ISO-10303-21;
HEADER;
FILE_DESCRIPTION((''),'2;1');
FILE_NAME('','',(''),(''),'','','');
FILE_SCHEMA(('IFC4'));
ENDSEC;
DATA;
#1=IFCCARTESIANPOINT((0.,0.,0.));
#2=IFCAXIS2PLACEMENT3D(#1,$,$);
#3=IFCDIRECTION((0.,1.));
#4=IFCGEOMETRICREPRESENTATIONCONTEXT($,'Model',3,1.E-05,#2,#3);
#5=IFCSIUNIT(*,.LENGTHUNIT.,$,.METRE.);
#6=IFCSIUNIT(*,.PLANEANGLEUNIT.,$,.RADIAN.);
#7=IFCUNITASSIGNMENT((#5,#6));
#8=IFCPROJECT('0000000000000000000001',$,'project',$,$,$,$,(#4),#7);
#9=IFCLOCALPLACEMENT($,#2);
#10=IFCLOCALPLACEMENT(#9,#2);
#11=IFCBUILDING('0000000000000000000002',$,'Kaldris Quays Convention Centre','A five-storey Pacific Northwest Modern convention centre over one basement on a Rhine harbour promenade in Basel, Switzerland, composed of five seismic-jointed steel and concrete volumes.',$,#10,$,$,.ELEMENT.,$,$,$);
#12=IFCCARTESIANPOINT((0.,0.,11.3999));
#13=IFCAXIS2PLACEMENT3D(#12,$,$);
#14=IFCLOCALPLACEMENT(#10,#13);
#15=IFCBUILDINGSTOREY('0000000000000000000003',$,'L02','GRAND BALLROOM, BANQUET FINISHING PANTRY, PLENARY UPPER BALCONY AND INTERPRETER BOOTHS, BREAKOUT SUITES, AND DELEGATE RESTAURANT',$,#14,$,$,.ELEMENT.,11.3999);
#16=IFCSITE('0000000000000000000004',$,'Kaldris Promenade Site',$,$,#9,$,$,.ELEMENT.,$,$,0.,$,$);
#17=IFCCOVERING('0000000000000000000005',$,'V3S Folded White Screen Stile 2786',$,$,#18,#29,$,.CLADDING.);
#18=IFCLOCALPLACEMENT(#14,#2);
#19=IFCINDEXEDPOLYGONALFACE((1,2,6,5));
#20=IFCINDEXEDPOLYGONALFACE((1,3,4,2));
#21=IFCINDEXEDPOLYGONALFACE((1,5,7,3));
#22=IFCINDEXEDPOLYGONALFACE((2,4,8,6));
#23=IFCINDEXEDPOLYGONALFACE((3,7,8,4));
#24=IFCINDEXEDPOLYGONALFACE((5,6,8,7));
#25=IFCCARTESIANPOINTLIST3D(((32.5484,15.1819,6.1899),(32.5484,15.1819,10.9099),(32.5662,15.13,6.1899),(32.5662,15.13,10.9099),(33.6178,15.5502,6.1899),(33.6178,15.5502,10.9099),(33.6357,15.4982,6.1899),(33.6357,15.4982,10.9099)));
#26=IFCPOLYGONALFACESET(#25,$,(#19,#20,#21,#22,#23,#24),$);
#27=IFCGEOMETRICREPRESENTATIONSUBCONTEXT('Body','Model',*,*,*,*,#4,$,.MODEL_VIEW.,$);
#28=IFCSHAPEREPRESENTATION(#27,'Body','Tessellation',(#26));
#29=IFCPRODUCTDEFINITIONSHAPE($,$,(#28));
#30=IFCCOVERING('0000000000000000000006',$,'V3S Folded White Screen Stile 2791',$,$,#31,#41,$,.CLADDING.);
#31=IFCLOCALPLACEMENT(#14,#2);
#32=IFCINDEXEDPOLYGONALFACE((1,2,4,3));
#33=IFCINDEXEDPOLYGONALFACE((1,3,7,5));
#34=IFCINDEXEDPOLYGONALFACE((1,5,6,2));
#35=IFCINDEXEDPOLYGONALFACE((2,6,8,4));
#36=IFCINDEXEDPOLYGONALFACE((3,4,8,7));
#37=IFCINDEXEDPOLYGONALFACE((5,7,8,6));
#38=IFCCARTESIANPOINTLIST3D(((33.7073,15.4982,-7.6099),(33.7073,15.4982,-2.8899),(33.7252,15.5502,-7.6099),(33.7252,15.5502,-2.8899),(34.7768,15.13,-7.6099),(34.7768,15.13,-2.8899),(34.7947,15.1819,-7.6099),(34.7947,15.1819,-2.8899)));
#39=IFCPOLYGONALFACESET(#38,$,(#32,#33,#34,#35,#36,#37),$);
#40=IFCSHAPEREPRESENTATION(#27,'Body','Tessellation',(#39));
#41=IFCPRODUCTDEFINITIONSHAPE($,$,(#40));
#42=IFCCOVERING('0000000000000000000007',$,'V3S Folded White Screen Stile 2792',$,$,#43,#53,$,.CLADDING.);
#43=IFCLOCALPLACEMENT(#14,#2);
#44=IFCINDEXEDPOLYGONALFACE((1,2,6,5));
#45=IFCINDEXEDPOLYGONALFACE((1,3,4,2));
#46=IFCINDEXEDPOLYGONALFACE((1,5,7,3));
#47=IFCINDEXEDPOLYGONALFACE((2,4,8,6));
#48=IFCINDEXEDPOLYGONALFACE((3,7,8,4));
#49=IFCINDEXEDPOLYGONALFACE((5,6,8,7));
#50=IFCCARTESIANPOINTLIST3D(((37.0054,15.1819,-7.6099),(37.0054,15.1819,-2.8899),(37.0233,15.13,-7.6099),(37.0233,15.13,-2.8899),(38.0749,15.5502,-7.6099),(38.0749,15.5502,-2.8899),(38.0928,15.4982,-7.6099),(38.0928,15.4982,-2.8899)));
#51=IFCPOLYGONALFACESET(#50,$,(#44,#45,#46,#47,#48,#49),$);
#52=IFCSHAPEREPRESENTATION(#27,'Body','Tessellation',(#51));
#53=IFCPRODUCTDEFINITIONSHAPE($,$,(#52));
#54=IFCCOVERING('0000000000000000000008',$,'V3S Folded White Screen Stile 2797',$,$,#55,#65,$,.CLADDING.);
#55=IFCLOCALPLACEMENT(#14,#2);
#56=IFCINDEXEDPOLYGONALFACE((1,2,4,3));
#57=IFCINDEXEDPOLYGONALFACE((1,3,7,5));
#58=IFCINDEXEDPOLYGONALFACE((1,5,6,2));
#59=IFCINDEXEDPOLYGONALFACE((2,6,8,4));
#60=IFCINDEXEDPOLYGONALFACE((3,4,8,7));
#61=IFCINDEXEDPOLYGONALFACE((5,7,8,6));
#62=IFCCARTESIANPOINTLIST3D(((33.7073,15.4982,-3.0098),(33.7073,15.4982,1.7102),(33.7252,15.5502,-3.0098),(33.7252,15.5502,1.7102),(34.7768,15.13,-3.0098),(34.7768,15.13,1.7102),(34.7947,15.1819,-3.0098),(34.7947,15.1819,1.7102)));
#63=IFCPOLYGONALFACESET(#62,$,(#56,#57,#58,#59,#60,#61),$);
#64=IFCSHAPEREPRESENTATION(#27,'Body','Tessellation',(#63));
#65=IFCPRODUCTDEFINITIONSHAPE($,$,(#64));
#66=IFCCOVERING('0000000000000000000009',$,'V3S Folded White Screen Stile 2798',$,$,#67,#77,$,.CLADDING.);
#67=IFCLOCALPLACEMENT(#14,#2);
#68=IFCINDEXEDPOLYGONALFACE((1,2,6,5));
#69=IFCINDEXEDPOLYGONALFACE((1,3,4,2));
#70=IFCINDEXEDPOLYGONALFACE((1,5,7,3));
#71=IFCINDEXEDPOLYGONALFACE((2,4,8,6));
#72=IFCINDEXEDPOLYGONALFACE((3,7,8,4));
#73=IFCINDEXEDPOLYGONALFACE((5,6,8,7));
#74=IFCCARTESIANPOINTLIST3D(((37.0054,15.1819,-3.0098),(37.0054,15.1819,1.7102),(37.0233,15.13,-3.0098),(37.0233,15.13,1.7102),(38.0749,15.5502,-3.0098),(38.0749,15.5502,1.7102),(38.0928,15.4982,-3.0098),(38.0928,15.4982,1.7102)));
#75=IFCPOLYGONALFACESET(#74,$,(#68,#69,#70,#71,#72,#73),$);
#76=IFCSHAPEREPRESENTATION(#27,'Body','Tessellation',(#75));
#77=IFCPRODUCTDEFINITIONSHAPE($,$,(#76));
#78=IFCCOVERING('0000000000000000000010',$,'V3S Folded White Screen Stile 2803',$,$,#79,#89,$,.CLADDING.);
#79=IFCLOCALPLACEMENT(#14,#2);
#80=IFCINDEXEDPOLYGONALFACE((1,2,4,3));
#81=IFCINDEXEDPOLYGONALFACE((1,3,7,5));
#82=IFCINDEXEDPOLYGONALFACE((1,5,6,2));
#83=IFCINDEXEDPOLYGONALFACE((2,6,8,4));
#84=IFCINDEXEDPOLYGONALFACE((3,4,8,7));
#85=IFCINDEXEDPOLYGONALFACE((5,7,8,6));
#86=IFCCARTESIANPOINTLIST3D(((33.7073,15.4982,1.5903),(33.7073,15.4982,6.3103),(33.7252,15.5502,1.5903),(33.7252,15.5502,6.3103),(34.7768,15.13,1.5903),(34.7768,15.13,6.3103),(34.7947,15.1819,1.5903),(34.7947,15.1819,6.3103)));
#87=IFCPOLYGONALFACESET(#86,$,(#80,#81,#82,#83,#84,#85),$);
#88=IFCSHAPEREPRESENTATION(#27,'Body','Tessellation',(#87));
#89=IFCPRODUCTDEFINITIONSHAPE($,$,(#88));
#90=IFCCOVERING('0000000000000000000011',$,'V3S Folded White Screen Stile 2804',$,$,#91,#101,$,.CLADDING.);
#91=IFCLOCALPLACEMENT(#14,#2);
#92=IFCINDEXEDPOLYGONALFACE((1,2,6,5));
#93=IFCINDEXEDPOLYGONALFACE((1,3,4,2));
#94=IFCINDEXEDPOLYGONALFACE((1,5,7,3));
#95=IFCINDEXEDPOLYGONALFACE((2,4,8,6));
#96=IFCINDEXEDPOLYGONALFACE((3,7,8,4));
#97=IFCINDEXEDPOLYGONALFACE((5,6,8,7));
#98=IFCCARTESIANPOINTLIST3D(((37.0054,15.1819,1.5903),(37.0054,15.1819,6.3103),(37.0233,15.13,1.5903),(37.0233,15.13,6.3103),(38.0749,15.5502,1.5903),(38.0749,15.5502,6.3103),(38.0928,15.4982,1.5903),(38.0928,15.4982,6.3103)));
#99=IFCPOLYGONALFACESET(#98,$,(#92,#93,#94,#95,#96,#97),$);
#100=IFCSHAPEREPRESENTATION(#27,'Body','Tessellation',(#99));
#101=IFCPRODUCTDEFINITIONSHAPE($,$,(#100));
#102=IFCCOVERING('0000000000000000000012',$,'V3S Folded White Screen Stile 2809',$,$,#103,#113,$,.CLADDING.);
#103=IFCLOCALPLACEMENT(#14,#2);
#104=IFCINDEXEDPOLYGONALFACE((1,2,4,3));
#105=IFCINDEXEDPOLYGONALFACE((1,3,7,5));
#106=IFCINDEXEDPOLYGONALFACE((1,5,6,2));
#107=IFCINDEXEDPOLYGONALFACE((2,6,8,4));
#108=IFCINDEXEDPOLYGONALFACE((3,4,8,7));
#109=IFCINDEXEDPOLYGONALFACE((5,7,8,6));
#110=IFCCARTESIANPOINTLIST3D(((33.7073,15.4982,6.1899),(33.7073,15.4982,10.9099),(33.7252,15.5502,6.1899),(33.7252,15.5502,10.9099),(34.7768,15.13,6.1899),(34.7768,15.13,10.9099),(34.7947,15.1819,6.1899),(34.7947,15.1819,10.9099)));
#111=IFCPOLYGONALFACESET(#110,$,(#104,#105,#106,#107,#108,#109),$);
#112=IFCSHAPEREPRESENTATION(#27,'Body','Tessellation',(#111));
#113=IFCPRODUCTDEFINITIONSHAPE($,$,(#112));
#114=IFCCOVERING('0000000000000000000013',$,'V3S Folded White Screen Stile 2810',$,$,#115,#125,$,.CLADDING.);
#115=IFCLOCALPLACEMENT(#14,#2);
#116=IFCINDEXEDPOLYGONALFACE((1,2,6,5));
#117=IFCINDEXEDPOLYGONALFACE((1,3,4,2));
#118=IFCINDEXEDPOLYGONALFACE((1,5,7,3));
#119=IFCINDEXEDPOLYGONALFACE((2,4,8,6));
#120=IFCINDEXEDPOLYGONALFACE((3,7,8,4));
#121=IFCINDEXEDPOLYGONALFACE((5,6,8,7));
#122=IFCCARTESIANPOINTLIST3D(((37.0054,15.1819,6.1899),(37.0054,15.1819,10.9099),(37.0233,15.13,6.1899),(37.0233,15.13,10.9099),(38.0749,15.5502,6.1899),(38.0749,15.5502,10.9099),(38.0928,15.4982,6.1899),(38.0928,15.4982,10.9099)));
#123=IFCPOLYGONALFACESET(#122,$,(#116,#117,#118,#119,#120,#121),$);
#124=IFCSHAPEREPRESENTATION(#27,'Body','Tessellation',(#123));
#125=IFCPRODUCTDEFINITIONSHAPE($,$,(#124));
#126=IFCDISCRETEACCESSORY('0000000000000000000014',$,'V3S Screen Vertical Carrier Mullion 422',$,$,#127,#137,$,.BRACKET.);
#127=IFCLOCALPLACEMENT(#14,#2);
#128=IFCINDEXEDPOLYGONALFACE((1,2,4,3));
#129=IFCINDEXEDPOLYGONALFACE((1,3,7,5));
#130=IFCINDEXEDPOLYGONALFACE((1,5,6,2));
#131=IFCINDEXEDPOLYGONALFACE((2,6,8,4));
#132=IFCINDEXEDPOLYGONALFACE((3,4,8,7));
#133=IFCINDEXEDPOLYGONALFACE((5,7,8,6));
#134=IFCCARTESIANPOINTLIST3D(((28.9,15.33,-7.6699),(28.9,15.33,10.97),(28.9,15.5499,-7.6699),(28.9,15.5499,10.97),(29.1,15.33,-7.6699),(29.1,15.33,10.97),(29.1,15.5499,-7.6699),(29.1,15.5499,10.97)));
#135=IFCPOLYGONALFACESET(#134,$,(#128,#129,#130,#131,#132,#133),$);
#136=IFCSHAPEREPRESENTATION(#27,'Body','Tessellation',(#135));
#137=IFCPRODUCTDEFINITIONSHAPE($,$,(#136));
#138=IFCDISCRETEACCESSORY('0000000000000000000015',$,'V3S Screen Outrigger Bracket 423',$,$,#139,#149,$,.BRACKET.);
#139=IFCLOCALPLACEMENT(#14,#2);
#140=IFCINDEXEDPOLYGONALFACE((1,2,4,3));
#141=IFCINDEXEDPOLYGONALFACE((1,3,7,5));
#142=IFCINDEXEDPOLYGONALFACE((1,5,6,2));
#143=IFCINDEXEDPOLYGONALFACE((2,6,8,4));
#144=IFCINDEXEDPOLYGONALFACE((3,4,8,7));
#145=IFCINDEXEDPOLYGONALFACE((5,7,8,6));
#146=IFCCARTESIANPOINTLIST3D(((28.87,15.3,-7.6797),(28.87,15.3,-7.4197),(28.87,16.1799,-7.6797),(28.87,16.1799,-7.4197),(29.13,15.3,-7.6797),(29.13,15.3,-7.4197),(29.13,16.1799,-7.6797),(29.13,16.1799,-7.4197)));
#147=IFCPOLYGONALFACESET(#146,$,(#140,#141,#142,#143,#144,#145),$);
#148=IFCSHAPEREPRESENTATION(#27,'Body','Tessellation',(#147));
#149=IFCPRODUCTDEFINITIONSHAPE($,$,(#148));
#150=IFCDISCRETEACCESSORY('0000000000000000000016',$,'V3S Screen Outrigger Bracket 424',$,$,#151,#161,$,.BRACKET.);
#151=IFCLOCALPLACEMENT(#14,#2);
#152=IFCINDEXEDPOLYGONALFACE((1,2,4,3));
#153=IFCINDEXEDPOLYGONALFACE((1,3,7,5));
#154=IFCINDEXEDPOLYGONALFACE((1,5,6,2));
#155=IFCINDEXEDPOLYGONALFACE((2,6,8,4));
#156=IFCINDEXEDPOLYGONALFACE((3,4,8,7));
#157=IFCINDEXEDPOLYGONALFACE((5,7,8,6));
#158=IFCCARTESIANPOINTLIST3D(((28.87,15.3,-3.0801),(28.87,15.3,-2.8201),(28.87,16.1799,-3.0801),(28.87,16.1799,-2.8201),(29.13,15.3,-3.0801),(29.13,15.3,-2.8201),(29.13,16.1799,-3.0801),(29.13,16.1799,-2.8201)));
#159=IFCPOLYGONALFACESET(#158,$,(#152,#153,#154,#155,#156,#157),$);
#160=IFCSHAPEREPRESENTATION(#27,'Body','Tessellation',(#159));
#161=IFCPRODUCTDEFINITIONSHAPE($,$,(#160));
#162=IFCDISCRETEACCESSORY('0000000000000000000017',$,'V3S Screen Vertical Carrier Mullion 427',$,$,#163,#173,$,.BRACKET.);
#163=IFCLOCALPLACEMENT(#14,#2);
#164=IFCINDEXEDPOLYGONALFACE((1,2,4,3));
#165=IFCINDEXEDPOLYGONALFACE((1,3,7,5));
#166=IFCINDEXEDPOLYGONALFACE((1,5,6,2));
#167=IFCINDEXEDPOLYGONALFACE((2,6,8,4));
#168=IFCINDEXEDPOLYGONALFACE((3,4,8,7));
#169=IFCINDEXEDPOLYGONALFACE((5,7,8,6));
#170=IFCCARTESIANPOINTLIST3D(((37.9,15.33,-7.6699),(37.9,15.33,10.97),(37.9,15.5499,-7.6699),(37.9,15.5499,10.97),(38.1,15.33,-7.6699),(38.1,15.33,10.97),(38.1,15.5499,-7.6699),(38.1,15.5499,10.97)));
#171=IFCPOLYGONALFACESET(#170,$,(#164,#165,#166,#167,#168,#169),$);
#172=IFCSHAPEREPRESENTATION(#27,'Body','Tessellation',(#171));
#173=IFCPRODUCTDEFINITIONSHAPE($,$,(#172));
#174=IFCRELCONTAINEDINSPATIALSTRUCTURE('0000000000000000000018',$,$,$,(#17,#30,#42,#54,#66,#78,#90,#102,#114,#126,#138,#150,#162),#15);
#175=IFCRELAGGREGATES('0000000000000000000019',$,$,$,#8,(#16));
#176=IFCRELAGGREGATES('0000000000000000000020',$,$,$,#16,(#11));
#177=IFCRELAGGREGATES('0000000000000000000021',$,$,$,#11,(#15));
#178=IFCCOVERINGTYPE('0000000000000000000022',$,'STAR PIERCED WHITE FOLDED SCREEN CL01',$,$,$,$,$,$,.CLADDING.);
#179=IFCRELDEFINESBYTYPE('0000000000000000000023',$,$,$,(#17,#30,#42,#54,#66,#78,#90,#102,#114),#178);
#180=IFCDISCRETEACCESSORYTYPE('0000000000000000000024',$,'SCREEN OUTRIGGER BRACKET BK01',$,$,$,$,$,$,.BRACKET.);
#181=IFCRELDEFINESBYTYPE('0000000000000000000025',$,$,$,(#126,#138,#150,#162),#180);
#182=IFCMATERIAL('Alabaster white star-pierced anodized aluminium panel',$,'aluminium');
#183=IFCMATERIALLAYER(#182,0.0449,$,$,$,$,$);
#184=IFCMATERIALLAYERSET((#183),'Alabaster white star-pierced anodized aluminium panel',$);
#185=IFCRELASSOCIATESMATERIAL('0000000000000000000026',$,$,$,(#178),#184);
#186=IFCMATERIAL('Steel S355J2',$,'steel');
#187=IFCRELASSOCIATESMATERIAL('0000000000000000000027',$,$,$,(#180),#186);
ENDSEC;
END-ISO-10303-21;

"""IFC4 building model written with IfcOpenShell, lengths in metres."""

from ifc_helpers import new_model, si_unit, direction, frame, origin, origin_2d, place, context, subcontext, project, spatial, rectangle, extrude, material, layer, layer_set, type_object, element, save


model = new_model("IFC4")

# Units and contexts
model_context = context("Model", 3, precision=1e-05, world=origin(), true_north=direction((0.0, 1.0)))
body_context = subcontext(model_context, "Body", "Model", "MODEL_VIEW")
ifc_project = project(units=[si_unit("LENGTHUNIT", "METRE"), si_unit("PLANEANGLEUNIT", "RADIAN")], contexts=[model_context])

# Site, building, storey
site_placement = place(None, origin())
site = spatial("IfcSite", under=ifc_project, at=site_placement, Name="Kaldris Promenade Site", CompositionType="ELEMENT", RefElevation=0.0)
building_placement = place(site_placement, origin())
building = spatial("IfcBuilding", under=site, at=building_placement, Name="Kaldris Quays Convention Centre", Description="A five-storey Pacific Northwest Modern convention centre over one basement on a Rhine harbour promenade in Basel, Switzerland, composed of five seismic-jointed steel and concrete volumes.", CompositionType="ELEMENT")
storey_placement = place(building_placement, frame((0.0, 0.0, 11.3999)))
storey = spatial("IfcBuildingStorey", under=building, at=storey_placement, Name="L02", Description="GRAND BALLROOM, BANQUET FINISHING PANTRY, PLENARY UPPER BALCONY AND INTERPRETER BOOTHS, BREAKOUT SUITES, AND DELEGATE RESTAURANT", CompositionType="ELEMENT", Elevation=11.3999)

# Coverings
ifc_material_1 = material(Name="Alabaster white star-pierced anodized aluminium panel", Category="aluminium")
ifc_layer = layer(ifc_material_1, 0.0449)
ifc_layer_set = layer_set([ifc_layer], Name="Alabaster white star-pierced anodized aluminium panel")
covering_type = type_object("IfcCoveringType", Name="STAR PIERCED WHITE FOLDED SCREEN CL01", PredefinedType="CLADDING", material=ifc_layer_set)
for number, where, z_axis, x_axis, name in (
    (1, (33.092, 15.3401, 6.1899), (0.0, 0.0, 1.0), (0.945519, 0.325568, 0.0), "V3S Folded White Screen Stile 2786"),
    (2, (34.251, 15.3401, -7.6099), (0.0, 0.0, 1.0), (0.945519, -0.325568, 0.0), "V3S Folded White Screen Stile 2791"),
    (3, (37.5491, 15.3401, -7.6099), (0.0, 0.0, 1.0), (0.945519, 0.325568, 0.0), "V3S Folded White Screen Stile 2792"),
    (4, (34.251, 15.3401, -3.0098), (0.0, 0.0, 1.0), (0.945519, -0.325568, 0.0), "V3S Folded White Screen Stile 2797"),
    (5, (37.5491, 15.3401, -3.0098), (0.0, 0.0, 1.0), (0.945519, 0.325568, 0.0), "V3S Folded White Screen Stile 2798"),
    (6, (34.251, 15.3401, 1.5903), (0.0, 0.0, 1.0), (0.945519, -0.325568, 0.0), "V3S Folded White Screen Stile 2803"),
    (7, (37.5491, 15.3401, 1.5903), (0.0, 0.0, 1.0), (0.945519, 0.325568, 0.0), "V3S Folded White Screen Stile 2804"),
    (8, (34.251, 15.3401, 6.1899), (0.0, 0.0, 1.0), (0.945519, -0.325568, 0.0), "V3S Folded White Screen Stile 2809"),
    (9, (37.5491, 15.3401, 6.1899), (0.0, 0.0, 1.0), (0.945519, 0.325568, 0.0), "V3S Folded White Screen Stile 2810"),
):
    element("IfcCovering", number, at=place(storey_placement, frame(where, z_axis=z_axis, x_axis=x_axis)), inside=storey, type_object=covering_type, Name=name, PredefinedType="CLADDING", context=body_context, shape_type="SweptSolid", body=[
        extrude(rectangle(XDim=1.1311, YDim=0.0549, at=origin_2d()), origin(), (0.0, 0.0, 1.0), 4.72),
    ])

# Discrete accessories
ifc_material_2 = material(Name="Steel S355J2", Category="steel")
discrete_accessory_type = type_object("IfcDiscreteAccessoryType", Name="SCREEN OUTRIGGER BRACKET BK01", PredefinedType="BRACKET", material=ifc_material_2)
discrete_accessory_1_placement = place(storey_placement, frame((29.0, 15.4399, -7.6699), z_axis=(0.0, 0.0, 1.0), x_axis=(1.0, 0.0, 0.0)))
element("IfcDiscreteAccessory", 10, at=discrete_accessory_1_placement, inside=storey, type_object=discrete_accessory_type, Name="V3S Screen Vertical Carrier Mullion 422", PredefinedType="BRACKET", context=body_context, shape_type="SweptSolid", body=[
    extrude(rectangle(XDim=0.2, YDim=0.22, at=origin_2d()), origin(), (0.0, 0.0, 1.0), 18.6399),
])
for number, where, z_axis, x_axis, name in (
    (11, (29.0, 15.74, -7.6797), (0.0, 0.0, 1.0), (1.0, 0.0, 0.0), "V3S Screen Outrigger Bracket 423"),
    (12, (29.0, 15.74, -3.0801), (0.0, 0.0, 1.0), (1.0, 0.0, 0.0), "V3S Screen Outrigger Bracket 424"),
):
    element("IfcDiscreteAccessory", number, at=place(storey_placement, frame(where, z_axis=z_axis, x_axis=x_axis)), inside=storey, type_object=discrete_accessory_type, Name=name, PredefinedType="BRACKET", context=body_context, shape_type="SweptSolid", body=[
        extrude(rectangle(XDim=0.26, YDim=0.8799, at=origin_2d()), origin(), (0.0, 0.0, 1.0), 0.26),
    ])
discrete_accessory_2_placement = place(storey_placement, frame((38.0, 15.4399, -7.6699), z_axis=(0.0, 0.0, 1.0), x_axis=(1.0, 0.0, 0.0)))
element("IfcDiscreteAccessory", 13, at=discrete_accessory_2_placement, inside=storey, type_object=discrete_accessory_type, Name="V3S Screen Vertical Carrier Mullion 427", PredefinedType="BRACKET", context=body_context, shape_type="SweptSolid", body=[
    extrude(rectangle(XDim=0.2, YDim=0.22, at=origin_2d()), origin(), (0.0, 0.0, 1.0), 18.6399),
])

save(model, "model.ifc")
